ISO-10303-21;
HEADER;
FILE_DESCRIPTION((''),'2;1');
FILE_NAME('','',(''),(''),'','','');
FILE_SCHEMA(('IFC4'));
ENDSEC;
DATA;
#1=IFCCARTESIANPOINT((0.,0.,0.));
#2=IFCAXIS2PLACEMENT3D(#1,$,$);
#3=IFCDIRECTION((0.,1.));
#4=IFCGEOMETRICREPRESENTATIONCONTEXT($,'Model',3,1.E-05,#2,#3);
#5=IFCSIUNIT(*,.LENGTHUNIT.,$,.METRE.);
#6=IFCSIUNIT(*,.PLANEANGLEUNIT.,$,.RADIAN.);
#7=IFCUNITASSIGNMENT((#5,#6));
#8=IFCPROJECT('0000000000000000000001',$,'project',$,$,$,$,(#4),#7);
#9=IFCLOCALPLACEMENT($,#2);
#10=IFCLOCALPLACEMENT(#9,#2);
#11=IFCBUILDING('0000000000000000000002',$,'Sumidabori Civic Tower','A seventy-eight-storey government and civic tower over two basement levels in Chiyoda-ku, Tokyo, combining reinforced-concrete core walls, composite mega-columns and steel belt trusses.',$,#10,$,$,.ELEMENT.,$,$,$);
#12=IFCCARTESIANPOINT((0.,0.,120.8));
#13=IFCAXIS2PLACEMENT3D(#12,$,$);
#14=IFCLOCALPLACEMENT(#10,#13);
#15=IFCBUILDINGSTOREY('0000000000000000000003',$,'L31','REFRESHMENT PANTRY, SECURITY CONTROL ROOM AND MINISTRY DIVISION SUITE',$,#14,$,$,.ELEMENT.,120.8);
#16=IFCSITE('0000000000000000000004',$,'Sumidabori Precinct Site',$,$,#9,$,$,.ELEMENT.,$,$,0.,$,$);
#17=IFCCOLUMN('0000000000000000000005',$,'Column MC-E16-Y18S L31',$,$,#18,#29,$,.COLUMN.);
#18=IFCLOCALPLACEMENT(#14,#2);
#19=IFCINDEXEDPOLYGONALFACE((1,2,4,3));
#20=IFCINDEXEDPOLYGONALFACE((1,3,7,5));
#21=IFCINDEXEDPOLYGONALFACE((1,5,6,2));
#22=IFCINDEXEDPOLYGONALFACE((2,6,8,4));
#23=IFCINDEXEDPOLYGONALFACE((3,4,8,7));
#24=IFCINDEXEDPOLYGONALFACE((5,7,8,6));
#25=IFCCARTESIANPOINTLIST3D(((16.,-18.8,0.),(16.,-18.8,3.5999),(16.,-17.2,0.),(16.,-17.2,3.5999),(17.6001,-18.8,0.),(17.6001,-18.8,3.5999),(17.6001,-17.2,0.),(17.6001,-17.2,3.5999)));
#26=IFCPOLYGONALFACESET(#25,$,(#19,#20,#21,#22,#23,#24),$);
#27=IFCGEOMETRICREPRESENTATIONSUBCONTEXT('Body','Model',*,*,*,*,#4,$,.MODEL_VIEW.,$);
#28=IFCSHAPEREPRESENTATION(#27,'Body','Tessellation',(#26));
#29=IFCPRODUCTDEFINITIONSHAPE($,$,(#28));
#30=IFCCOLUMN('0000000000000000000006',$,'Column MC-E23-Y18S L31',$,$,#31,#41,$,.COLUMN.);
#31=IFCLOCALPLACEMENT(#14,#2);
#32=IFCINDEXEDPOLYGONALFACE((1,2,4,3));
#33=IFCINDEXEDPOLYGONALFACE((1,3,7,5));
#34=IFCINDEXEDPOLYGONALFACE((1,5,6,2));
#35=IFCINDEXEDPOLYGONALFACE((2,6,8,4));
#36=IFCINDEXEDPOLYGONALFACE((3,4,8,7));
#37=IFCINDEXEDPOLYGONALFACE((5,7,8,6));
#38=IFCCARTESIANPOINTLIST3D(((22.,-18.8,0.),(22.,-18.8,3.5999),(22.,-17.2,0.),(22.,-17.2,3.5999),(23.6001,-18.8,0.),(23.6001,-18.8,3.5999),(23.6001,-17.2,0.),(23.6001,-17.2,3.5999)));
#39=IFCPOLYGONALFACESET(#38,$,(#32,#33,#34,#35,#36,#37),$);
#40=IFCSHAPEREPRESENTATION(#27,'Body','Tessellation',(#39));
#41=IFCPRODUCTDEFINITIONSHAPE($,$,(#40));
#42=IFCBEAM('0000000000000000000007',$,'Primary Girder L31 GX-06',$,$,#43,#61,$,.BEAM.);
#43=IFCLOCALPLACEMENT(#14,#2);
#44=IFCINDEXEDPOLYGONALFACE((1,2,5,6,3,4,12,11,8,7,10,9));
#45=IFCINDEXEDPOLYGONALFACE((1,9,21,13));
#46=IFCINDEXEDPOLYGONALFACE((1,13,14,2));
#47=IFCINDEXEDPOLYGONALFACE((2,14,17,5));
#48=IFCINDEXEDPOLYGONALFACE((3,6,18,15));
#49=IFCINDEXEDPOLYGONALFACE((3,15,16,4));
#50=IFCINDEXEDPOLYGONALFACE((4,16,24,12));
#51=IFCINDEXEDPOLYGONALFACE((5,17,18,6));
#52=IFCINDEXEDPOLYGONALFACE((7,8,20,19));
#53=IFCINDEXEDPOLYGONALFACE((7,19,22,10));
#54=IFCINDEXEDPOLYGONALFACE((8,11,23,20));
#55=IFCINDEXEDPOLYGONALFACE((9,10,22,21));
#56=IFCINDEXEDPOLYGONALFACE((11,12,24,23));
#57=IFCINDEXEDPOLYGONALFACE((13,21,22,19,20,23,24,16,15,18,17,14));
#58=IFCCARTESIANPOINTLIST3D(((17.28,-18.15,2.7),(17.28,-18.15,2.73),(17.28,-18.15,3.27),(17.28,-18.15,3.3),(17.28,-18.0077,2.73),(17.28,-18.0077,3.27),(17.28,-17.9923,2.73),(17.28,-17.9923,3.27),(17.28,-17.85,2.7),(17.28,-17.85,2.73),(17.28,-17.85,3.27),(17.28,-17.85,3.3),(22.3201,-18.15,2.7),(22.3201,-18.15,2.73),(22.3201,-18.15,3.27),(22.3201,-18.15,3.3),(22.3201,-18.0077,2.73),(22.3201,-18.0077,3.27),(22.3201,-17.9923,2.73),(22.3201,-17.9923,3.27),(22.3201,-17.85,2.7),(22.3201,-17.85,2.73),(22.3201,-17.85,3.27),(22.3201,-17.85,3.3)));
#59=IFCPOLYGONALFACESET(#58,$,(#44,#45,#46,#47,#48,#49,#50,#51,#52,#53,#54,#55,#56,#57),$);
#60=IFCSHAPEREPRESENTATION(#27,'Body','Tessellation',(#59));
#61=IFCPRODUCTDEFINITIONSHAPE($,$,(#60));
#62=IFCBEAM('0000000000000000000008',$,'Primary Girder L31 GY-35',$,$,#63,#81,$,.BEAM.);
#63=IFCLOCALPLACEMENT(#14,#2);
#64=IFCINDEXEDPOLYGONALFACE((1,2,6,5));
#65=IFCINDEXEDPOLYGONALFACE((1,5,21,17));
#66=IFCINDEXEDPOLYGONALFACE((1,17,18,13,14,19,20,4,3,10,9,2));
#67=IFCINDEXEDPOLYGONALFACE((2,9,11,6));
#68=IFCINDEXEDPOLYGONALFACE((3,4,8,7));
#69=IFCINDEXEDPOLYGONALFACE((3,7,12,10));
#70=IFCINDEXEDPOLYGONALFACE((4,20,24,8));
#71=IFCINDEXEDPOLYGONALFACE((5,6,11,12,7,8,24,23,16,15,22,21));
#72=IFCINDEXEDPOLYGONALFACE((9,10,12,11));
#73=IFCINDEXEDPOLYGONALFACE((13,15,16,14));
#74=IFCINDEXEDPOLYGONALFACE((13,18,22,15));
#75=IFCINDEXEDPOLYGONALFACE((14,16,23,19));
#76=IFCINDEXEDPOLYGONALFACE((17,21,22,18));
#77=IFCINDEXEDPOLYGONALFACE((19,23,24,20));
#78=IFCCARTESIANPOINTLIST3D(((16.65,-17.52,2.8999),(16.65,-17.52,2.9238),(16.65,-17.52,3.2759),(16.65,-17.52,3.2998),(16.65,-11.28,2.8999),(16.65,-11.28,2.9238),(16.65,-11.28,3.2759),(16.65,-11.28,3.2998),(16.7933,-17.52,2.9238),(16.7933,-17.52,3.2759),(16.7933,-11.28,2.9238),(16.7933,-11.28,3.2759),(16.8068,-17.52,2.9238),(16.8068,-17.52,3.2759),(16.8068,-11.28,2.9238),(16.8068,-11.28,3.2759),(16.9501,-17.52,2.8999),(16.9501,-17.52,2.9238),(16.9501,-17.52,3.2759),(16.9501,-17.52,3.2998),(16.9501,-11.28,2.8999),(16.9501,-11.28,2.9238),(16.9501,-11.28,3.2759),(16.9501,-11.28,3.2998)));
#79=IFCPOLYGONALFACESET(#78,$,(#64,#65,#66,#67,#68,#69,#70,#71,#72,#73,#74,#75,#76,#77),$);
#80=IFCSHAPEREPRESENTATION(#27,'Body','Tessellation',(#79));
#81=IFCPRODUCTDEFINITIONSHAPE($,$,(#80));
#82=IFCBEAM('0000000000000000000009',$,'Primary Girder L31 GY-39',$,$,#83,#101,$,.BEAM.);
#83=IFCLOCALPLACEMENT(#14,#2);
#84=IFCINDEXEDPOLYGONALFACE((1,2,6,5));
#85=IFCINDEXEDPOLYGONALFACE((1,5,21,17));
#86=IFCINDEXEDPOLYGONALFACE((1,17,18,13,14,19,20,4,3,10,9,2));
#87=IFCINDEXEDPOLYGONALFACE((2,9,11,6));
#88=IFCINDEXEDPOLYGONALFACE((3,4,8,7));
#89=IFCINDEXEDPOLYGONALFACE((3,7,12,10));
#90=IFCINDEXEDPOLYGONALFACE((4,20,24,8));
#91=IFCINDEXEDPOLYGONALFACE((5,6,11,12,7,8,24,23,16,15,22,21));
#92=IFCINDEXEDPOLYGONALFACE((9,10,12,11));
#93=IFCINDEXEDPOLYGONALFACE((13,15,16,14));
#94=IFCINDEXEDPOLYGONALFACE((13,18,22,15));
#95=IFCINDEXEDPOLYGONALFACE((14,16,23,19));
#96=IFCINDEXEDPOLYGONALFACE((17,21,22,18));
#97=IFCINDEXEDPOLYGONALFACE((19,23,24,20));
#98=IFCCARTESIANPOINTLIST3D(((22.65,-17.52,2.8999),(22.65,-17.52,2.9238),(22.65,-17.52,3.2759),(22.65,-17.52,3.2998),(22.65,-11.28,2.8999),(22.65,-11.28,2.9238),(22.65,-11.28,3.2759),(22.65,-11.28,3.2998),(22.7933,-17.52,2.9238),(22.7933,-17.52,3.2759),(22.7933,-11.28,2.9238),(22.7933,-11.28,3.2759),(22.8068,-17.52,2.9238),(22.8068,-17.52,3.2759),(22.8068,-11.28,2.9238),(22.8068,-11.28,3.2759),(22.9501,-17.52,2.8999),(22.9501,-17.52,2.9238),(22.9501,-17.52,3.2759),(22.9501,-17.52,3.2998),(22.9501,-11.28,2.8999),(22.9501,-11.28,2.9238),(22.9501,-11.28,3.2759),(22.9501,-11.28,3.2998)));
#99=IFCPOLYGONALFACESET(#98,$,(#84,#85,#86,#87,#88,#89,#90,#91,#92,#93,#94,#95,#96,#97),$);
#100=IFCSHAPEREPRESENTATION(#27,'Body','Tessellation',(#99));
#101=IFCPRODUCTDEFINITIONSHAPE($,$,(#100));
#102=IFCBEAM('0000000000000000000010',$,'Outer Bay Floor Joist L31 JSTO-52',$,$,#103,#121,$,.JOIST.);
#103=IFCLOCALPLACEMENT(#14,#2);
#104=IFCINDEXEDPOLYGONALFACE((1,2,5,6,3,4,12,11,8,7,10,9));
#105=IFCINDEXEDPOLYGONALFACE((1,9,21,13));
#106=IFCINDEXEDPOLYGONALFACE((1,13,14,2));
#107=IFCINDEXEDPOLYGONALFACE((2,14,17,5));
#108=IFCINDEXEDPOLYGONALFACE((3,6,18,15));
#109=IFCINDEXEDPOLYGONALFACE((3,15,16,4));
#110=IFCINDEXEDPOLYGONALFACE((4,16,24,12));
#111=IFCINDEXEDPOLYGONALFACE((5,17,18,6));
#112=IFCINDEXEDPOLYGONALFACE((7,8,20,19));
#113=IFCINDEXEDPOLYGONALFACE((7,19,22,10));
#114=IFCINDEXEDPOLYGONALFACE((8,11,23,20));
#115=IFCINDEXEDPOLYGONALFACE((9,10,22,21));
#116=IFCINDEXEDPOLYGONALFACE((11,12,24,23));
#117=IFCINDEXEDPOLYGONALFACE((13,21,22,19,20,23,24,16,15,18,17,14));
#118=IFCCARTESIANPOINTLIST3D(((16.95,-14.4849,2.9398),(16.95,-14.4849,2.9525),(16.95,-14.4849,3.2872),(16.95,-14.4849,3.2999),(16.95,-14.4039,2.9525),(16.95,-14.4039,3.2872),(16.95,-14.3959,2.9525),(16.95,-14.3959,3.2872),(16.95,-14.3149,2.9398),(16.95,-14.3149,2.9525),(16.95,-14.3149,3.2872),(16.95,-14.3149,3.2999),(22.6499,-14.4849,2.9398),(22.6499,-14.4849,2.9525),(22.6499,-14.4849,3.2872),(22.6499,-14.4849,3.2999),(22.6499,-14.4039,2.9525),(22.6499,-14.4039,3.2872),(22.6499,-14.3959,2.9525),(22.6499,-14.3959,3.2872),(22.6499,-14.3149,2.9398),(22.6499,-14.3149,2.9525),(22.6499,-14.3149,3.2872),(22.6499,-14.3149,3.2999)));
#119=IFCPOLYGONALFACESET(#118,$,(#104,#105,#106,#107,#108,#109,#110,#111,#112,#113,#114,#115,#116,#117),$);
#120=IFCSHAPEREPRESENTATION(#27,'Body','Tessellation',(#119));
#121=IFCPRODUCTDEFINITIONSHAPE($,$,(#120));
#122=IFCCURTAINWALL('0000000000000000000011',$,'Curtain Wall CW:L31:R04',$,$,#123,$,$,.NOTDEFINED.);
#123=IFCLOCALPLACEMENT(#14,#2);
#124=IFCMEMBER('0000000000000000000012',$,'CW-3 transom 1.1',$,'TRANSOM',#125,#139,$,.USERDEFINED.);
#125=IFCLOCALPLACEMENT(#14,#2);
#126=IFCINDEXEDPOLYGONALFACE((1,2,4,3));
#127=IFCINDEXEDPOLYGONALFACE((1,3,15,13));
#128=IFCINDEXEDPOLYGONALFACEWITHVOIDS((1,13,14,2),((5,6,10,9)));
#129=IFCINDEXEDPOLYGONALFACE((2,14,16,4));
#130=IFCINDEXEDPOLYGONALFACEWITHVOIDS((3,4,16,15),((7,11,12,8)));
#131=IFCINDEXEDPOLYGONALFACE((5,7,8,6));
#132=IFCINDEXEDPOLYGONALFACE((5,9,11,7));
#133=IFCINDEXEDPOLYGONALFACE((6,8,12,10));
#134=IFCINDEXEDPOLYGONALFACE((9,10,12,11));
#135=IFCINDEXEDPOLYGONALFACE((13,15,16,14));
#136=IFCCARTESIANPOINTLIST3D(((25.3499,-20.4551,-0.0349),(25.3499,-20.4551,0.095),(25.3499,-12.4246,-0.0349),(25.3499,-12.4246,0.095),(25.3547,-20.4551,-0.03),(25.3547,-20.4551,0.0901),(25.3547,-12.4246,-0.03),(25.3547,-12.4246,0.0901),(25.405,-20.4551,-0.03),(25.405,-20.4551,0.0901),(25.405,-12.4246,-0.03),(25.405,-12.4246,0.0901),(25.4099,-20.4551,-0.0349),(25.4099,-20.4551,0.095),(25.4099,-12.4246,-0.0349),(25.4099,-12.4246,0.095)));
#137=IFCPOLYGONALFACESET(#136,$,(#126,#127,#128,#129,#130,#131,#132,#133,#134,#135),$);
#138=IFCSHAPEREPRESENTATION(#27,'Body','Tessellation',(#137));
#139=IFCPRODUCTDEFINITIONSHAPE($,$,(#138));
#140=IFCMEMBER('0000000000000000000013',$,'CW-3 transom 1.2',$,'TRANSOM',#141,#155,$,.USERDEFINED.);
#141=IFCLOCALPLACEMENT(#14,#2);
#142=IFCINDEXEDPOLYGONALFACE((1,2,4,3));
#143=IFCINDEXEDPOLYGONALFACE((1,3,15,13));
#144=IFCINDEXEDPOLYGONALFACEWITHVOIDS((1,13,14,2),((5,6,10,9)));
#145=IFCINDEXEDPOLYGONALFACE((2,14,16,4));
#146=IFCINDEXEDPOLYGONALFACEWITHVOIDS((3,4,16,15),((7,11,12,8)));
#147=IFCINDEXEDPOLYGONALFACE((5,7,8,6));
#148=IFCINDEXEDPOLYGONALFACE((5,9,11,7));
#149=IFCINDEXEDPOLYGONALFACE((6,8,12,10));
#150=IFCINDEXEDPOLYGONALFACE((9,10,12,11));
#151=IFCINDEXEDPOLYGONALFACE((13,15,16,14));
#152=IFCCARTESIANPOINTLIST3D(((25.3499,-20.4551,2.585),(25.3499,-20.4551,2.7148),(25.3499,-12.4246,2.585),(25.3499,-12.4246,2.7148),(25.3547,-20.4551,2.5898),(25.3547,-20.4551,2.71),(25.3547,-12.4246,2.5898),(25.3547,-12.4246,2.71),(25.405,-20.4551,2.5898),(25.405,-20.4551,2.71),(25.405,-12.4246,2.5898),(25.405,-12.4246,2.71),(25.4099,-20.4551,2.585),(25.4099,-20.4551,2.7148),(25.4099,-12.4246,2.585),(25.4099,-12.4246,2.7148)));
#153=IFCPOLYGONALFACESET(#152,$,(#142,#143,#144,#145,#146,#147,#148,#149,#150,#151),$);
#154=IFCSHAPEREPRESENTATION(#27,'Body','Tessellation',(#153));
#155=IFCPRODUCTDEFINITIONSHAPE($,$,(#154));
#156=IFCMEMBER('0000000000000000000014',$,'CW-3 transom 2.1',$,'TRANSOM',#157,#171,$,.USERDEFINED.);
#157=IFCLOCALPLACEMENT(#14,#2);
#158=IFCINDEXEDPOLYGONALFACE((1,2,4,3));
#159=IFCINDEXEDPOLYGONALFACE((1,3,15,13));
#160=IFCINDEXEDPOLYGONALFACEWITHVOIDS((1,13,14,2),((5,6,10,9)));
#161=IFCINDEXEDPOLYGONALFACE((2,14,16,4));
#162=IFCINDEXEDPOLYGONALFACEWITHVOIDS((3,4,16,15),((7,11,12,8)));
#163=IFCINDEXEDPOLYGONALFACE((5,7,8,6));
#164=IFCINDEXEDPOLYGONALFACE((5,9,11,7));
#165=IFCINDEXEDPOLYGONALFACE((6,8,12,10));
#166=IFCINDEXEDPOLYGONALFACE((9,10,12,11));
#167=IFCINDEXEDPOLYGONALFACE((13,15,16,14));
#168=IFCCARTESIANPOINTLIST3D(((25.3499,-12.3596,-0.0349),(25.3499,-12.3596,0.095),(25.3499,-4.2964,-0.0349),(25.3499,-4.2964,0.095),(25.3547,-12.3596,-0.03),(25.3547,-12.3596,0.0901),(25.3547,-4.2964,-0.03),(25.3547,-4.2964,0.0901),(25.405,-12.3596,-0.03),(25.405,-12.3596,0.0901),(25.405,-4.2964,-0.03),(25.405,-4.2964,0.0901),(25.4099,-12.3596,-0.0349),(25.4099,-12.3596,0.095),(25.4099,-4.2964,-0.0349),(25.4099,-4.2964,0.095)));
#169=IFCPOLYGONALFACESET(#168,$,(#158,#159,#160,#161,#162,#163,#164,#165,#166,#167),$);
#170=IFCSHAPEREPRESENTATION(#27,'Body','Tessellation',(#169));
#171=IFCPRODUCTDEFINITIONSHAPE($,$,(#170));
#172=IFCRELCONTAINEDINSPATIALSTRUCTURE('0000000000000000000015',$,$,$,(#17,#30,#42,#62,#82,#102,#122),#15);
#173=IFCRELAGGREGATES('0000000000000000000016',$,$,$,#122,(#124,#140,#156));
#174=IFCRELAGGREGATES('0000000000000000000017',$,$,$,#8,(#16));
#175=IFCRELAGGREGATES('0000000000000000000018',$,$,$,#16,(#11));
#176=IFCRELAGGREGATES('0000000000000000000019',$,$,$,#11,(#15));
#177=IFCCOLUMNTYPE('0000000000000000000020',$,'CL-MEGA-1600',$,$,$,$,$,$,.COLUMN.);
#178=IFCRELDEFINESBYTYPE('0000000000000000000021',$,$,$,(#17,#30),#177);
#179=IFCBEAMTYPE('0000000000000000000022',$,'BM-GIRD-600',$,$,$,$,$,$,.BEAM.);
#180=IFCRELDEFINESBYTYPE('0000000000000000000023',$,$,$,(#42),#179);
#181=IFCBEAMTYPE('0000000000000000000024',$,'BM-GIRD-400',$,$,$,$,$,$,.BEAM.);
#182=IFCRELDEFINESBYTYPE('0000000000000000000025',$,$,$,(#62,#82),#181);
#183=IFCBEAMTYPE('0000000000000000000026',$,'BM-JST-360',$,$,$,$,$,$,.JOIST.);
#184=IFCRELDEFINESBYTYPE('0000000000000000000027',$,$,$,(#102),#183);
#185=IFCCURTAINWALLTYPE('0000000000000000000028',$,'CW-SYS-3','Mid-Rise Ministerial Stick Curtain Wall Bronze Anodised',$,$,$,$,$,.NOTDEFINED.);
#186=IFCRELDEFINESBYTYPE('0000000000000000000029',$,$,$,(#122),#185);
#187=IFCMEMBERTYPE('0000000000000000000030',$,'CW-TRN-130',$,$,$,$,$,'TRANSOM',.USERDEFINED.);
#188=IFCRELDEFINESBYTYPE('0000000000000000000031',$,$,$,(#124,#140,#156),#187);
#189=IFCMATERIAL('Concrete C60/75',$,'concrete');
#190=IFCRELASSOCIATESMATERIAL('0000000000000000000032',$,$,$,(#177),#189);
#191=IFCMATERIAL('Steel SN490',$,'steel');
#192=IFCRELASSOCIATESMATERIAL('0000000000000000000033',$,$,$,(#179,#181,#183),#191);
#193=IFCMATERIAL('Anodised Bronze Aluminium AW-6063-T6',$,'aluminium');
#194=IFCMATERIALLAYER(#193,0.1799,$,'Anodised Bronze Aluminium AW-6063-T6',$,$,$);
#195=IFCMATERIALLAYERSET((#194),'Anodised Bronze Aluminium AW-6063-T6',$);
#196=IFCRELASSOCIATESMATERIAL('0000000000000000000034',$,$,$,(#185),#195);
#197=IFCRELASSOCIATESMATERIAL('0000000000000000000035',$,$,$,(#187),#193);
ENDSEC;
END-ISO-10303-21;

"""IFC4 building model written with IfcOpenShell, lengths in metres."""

from ifc_helpers import new_model, si_unit, direction, frame, origin, origin_2d, place, context, subcontext, project, spatial, rectangle, hollow_rectangle, i_section, extrude, source, transform, mapped, material, layer, layer_set, material_profile, profile_set, type_object, element, aggregate, save


model = new_model("IFC4")

# Units and contexts
model_context = context("Model", 3, precision=1e-05, world=origin(), true_north=direction((0.0, 1.0)))
body_context = subcontext(model_context, "Body", "Model", "MODEL_VIEW")
ifc_project = project(units=[si_unit("LENGTHUNIT", "METRE"), si_unit("PLANEANGLEUNIT", "RADIAN")], contexts=[model_context])

# Site, building, storey
site_placement = place(None, origin())
site = spatial("IfcSite", under=ifc_project, at=site_placement, Name="Sumidabori Precinct Site", CompositionType="ELEMENT", RefElevation=0.0)
building_placement = place(site_placement, origin())
building = spatial("IfcBuilding", under=site, at=building_placement, Name="Sumidabori Civic Tower", Description="A seventy-eight-storey government and civic tower over two basement levels in Chiyoda-ku, Tokyo, combining reinforced-concrete core walls, composite mega-columns and steel belt trusses.", CompositionType="ELEMENT")
storey_placement = place(building_placement, frame((0.0, 0.0, 120.8)))
storey = spatial("IfcBuildingStorey", under=building, at=storey_placement, Name="L31", Description="REFRESHMENT PANTRY, SECURITY CONTROL ROOM AND MINISTRY DIVISION SUITE", CompositionType="ELEMENT", Elevation=120.8)

# Columns
ifc_material_1 = material(Name="Concrete C60/75", Category="concrete")
ifc_material_profile_1 = material_profile(ifc_material_1, rectangle(XDim=1.6001, YDim=1.6001, at=origin_2d()), Name="RC 1600x1600")
ifc_profile_set_1 = profile_set([ifc_material_profile_1], Name="Concrete C60/75")
column_type = type_object("IfcColumnType", Name="CL-MEGA-1600", PredefinedType="COLUMN", material=ifc_profile_set_1)
shared_shape_1 = source(origin(), body_context, "Body", "SweptSolid", [
    extrude(rectangle(XDim=1.6001, YDim=1.6001, at=origin_2d()), origin(), (0.0, 0.0, 1.0), 3.5999),
])
for number, where, z_axis, x_axis, name in (
    (1, (16.8, -18.0, 0.0), (0.0, 0.0, 1.0), (1.0, 0.0, 0.0), "Column MC-E16-Y18S L31"),
    (2, (22.8, -18.0, 0.0), (0.0, 0.0, 1.0), (1.0, 0.0, 0.0), "Column MC-E23-Y18S L31"),
):
    element("IfcColumn", number, at=place(storey_placement, frame(where, z_axis=z_axis, x_axis=x_axis)), inside=storey, type_object=column_type, Name=name, PredefinedType="COLUMN", context=body_context, shape_type="MappedRepresentation", body=[
        mapped(shared_shape_1, transform((0.0, 0.0, 0.0), x_axis=(1.0, 0.0, 0.0), y_axis=(0.0, 1.0, 0.0), z_axis=(0.0, 0.0, 1.0), scale=1.0)),
    ])

# Beams
ifc_material_2 = material(Name="Steel SN490", Category="steel")
ifc_material_profile_2 = material_profile(ifc_material_2, i_section(OverallWidth=0.3, OverallDepth=0.6001, WebThickness=0.0154, FlangeThickness=0.03, at=origin_2d()), Name="HE 600 B")
ifc_profile_set_2 = profile_set([ifc_material_profile_2], Name="Steel SN490")
beam_type_1 = type_object("IfcBeamType", Name="BM-GIRD-600", PredefinedType="BEAM", material=ifc_profile_set_2)
shared_shape_2 = source(origin(), body_context, "Body", "SweptSolid", [
    extrude(i_section(OverallWidth=0.3, OverallDepth=0.6001, WebThickness=0.0154, FlangeThickness=0.03, at=origin_2d()), origin(), (0.0, 0.0, 1.0), 5.04),
])
beam_1_placement = place(storey_placement, frame((17.28, -18.0, 3.0), z_axis=(1.0, 0.0, 0.0), x_axis=(0.0, 1.0, 0.0)))
element("IfcBeam", 3, at=beam_1_placement, inside=storey, type_object=beam_type_1, Name="Primary Girder L31 GX-06", PredefinedType="BEAM", context=body_context, shape_type="MappedRepresentation", body=[
    mapped(shared_shape_2, transform((0.0, 0.0, 0.0), x_axis=(1.0, 0.0, 0.0), y_axis=(0.0, 1.0, 0.0), z_axis=(0.0, 0.0, 1.0), scale=1.0)),
])
ifc_material_profile_3 = material_profile(ifc_material_2, i_section(OverallWidth=0.3, OverallDepth=0.3999, WebThickness=0.0134, FlangeThickness=0.0239, at=origin_2d()), Name="HE 400 B")
ifc_profile_set_3 = profile_set([ifc_material_profile_3], Name="Steel SN490")
beam_type_2 = type_object("IfcBeamType", Name="BM-GIRD-400", PredefinedType="BEAM", material=ifc_profile_set_3)
shared_shape_3 = source(origin(), body_context, "Body", "SweptSolid", [
    extrude(i_section(OverallWidth=0.3, OverallDepth=0.3999, WebThickness=0.0134, FlangeThickness=0.0239, at=origin_2d()), origin(), (0.0, 0.0, 1.0), 6.24),
])
for number, where, z_axis, x_axis, name in (
    (4, (16.8, -17.52, 3.0999), (0.0, 1.0, 0.0), (-1.0, 0.0, 0.0), "Primary Girder L31 GY-35"),
    (5, (22.8, -17.52, 3.0999), (0.0, 1.0, 0.0), (-1.0, 0.0, 0.0), "Primary Girder L31 GY-39"),
):
    element("IfcBeam", number, at=place(storey_placement, frame(where, z_axis=z_axis, x_axis=x_axis)), inside=storey, type_object=beam_type_2, Name=name, PredefinedType="BEAM", context=body_context, shape_type="MappedRepresentation", body=[
        mapped(shared_shape_3, transform((0.0, 0.0, 0.0), x_axis=(1.0, 0.0, 0.0), y_axis=(0.0, 1.0, 0.0), z_axis=(0.0, 0.0, 1.0), scale=1.0)),
    ])
ifc_material_profile_4 = material_profile(ifc_material_2, i_section(OverallWidth=0.1699, OverallDepth=0.3601, WebThickness=0.0081, FlangeThickness=0.0127, at=origin_2d()), Name="IPE 360")
ifc_profile_set_4 = profile_set([ifc_material_profile_4], Name="Steel SN490")
beam_type_3 = type_object("IfcBeamType", Name="BM-JST-360", PredefinedType="JOIST", material=ifc_profile_set_4)
shared_shape_4 = source(origin(), body_context, "Body", "SweptSolid", [
    extrude(i_section(OverallWidth=0.1699, OverallDepth=0.3601, WebThickness=0.0081, FlangeThickness=0.0127, at=origin_2d()), origin(), (0.0, 0.0, 1.0), 5.7),
])
beam_2_placement = place(storey_placement, frame((16.95, -14.3999, 3.1199), z_axis=(1.0, 0.0, 0.0), x_axis=(0.0, 1.0, 0.0)))
element("IfcBeam", 6, at=beam_2_placement, inside=storey, type_object=beam_type_3, Name="Outer Bay Floor Joist L31 JSTO-52", PredefinedType="JOIST", context=body_context, shape_type="MappedRepresentation", body=[
    mapped(shared_shape_4, transform((0.0, 0.0, 0.0), x_axis=(1.0, 0.0, 0.0), y_axis=(0.0, 1.0, 0.0), z_axis=(0.0, 0.0, 1.0), scale=1.0)),
])

# Curtain wall, members
ifc_material_3 = material(Name="Anodised Bronze Aluminium AW-6063-T6", Category="aluminium")
ifc_layer_1 = layer(ifc_material_3, 0.1799, Name="Anodised Bronze Aluminium AW-6063-T6")
ifc_layer_set_1 = layer_set([ifc_layer_1], Name="Anodised Bronze Aluminium AW-6063-T6")
curtain_wall_type = type_object("IfcCurtainWallType", Name="CW-SYS-3", Description="Mid-Rise Ministerial Stick Curtain Wall Bronze Anodised", PredefinedType="NOTDEFINED", material=ifc_layer_set_1)
curtain_wall_1_placement = place(storey_placement, origin())
curtain_wall_1 = element("IfcCurtainWall", 7, at=curtain_wall_1_placement, inside=storey, type_object=curtain_wall_type, Name="Curtain Wall CW:L31:R04", PredefinedType="NOTDEFINED")
ifc_material_profile_5 = material_profile(ifc_material_3, hollow_rectangle(XDim=0.0601, YDim=0.1299, WallThickness=0.0049, at=origin_2d()), Name="ALU TRANSOM 130x60")
ifc_profile_set_5 = profile_set([ifc_material_profile_5], Name="Anodised Bronze Aluminium AW-6063-T6")
member_type_1 = type_object("IfcMemberType", Name="CW-TRN-130", ElementType="TRANSOM", PredefinedType="USERDEFINED", material=ifc_profile_set_5)
shared_shape_5 = source(origin(), body_context, "Body", "SweptSolid", [
    extrude(hollow_rectangle(XDim=0.0601, YDim=0.1299, WallThickness=0.0049, at=origin_2d()), origin(), (0.0, 0.0, 1.0), 8.0305),
])
member_1_placement = place(storey_placement, frame((25.3799, -20.4551, 0.03), z_axis=(0.0, 1.0, 0.0), x_axis=(-1.0, 0.0, 0.0)))
member_1 = element("IfcMember", 8, at=member_1_placement, type_object=member_type_1, Name="CW-3 transom 1.1", ObjectType="TRANSOM", PredefinedType="USERDEFINED", context=body_context, shape_type="MappedRepresentation", body=[
    mapped(shared_shape_5, transform((0.0, 0.0, 0.0), x_axis=(1.0, 0.0, 0.0), y_axis=(0.0, 1.0, 0.0), z_axis=(0.0, 0.0, 1.0), scale=1.0)),
])
member_2_placement = place(storey_placement, frame((25.3799, -20.4551, 2.6499), z_axis=(0.0, 1.0, 0.0), x_axis=(-1.0, 0.0, 0.0)))
member_2 = element("IfcMember", 9, at=member_2_placement, type_object=member_type_1, Name="CW-3 transom 1.2", ObjectType="TRANSOM", PredefinedType="USERDEFINED", context=body_context, shape_type="MappedRepresentation", body=[
    mapped(shared_shape_5, transform((0.0, 0.0, 0.0), x_axis=(1.0, 0.0, 0.0), y_axis=(0.0, 1.0, 0.0), z_axis=(0.0, 0.0, 1.0), scale=1.0)),
])
shared_shape_6 = source(origin(), body_context, "Body", "SweptSolid", [
    extrude(hollow_rectangle(XDim=0.0601, YDim=0.1299, WallThickness=0.0049, at=origin_2d()), origin(), (0.0, 0.0, 1.0), 8.0632),
])
member_3_placement = place(storey_placement, frame((25.3799, -12.3596, 0.03), z_axis=(0.0, 1.0, 0.0), x_axis=(-1.0, 0.0, 0.0)))
member_3 = element("IfcMember", 10, at=member_3_placement, type_object=member_type_1, Name="CW-3 transom 2.1", ObjectType="TRANSOM", PredefinedType="USERDEFINED", context=body_context, shape_type="MappedRepresentation", body=[
    mapped(shared_shape_6, transform((0.0, 0.0, 0.0), x_axis=(1.0, 0.0, 0.0), y_axis=(0.0, 1.0, 0.0), z_axis=(0.0, 0.0, 1.0), scale=1.0)),
])

aggregate(curtain_wall_1, [member_1, member_2, member_3])

save(model, "model.ifc")
